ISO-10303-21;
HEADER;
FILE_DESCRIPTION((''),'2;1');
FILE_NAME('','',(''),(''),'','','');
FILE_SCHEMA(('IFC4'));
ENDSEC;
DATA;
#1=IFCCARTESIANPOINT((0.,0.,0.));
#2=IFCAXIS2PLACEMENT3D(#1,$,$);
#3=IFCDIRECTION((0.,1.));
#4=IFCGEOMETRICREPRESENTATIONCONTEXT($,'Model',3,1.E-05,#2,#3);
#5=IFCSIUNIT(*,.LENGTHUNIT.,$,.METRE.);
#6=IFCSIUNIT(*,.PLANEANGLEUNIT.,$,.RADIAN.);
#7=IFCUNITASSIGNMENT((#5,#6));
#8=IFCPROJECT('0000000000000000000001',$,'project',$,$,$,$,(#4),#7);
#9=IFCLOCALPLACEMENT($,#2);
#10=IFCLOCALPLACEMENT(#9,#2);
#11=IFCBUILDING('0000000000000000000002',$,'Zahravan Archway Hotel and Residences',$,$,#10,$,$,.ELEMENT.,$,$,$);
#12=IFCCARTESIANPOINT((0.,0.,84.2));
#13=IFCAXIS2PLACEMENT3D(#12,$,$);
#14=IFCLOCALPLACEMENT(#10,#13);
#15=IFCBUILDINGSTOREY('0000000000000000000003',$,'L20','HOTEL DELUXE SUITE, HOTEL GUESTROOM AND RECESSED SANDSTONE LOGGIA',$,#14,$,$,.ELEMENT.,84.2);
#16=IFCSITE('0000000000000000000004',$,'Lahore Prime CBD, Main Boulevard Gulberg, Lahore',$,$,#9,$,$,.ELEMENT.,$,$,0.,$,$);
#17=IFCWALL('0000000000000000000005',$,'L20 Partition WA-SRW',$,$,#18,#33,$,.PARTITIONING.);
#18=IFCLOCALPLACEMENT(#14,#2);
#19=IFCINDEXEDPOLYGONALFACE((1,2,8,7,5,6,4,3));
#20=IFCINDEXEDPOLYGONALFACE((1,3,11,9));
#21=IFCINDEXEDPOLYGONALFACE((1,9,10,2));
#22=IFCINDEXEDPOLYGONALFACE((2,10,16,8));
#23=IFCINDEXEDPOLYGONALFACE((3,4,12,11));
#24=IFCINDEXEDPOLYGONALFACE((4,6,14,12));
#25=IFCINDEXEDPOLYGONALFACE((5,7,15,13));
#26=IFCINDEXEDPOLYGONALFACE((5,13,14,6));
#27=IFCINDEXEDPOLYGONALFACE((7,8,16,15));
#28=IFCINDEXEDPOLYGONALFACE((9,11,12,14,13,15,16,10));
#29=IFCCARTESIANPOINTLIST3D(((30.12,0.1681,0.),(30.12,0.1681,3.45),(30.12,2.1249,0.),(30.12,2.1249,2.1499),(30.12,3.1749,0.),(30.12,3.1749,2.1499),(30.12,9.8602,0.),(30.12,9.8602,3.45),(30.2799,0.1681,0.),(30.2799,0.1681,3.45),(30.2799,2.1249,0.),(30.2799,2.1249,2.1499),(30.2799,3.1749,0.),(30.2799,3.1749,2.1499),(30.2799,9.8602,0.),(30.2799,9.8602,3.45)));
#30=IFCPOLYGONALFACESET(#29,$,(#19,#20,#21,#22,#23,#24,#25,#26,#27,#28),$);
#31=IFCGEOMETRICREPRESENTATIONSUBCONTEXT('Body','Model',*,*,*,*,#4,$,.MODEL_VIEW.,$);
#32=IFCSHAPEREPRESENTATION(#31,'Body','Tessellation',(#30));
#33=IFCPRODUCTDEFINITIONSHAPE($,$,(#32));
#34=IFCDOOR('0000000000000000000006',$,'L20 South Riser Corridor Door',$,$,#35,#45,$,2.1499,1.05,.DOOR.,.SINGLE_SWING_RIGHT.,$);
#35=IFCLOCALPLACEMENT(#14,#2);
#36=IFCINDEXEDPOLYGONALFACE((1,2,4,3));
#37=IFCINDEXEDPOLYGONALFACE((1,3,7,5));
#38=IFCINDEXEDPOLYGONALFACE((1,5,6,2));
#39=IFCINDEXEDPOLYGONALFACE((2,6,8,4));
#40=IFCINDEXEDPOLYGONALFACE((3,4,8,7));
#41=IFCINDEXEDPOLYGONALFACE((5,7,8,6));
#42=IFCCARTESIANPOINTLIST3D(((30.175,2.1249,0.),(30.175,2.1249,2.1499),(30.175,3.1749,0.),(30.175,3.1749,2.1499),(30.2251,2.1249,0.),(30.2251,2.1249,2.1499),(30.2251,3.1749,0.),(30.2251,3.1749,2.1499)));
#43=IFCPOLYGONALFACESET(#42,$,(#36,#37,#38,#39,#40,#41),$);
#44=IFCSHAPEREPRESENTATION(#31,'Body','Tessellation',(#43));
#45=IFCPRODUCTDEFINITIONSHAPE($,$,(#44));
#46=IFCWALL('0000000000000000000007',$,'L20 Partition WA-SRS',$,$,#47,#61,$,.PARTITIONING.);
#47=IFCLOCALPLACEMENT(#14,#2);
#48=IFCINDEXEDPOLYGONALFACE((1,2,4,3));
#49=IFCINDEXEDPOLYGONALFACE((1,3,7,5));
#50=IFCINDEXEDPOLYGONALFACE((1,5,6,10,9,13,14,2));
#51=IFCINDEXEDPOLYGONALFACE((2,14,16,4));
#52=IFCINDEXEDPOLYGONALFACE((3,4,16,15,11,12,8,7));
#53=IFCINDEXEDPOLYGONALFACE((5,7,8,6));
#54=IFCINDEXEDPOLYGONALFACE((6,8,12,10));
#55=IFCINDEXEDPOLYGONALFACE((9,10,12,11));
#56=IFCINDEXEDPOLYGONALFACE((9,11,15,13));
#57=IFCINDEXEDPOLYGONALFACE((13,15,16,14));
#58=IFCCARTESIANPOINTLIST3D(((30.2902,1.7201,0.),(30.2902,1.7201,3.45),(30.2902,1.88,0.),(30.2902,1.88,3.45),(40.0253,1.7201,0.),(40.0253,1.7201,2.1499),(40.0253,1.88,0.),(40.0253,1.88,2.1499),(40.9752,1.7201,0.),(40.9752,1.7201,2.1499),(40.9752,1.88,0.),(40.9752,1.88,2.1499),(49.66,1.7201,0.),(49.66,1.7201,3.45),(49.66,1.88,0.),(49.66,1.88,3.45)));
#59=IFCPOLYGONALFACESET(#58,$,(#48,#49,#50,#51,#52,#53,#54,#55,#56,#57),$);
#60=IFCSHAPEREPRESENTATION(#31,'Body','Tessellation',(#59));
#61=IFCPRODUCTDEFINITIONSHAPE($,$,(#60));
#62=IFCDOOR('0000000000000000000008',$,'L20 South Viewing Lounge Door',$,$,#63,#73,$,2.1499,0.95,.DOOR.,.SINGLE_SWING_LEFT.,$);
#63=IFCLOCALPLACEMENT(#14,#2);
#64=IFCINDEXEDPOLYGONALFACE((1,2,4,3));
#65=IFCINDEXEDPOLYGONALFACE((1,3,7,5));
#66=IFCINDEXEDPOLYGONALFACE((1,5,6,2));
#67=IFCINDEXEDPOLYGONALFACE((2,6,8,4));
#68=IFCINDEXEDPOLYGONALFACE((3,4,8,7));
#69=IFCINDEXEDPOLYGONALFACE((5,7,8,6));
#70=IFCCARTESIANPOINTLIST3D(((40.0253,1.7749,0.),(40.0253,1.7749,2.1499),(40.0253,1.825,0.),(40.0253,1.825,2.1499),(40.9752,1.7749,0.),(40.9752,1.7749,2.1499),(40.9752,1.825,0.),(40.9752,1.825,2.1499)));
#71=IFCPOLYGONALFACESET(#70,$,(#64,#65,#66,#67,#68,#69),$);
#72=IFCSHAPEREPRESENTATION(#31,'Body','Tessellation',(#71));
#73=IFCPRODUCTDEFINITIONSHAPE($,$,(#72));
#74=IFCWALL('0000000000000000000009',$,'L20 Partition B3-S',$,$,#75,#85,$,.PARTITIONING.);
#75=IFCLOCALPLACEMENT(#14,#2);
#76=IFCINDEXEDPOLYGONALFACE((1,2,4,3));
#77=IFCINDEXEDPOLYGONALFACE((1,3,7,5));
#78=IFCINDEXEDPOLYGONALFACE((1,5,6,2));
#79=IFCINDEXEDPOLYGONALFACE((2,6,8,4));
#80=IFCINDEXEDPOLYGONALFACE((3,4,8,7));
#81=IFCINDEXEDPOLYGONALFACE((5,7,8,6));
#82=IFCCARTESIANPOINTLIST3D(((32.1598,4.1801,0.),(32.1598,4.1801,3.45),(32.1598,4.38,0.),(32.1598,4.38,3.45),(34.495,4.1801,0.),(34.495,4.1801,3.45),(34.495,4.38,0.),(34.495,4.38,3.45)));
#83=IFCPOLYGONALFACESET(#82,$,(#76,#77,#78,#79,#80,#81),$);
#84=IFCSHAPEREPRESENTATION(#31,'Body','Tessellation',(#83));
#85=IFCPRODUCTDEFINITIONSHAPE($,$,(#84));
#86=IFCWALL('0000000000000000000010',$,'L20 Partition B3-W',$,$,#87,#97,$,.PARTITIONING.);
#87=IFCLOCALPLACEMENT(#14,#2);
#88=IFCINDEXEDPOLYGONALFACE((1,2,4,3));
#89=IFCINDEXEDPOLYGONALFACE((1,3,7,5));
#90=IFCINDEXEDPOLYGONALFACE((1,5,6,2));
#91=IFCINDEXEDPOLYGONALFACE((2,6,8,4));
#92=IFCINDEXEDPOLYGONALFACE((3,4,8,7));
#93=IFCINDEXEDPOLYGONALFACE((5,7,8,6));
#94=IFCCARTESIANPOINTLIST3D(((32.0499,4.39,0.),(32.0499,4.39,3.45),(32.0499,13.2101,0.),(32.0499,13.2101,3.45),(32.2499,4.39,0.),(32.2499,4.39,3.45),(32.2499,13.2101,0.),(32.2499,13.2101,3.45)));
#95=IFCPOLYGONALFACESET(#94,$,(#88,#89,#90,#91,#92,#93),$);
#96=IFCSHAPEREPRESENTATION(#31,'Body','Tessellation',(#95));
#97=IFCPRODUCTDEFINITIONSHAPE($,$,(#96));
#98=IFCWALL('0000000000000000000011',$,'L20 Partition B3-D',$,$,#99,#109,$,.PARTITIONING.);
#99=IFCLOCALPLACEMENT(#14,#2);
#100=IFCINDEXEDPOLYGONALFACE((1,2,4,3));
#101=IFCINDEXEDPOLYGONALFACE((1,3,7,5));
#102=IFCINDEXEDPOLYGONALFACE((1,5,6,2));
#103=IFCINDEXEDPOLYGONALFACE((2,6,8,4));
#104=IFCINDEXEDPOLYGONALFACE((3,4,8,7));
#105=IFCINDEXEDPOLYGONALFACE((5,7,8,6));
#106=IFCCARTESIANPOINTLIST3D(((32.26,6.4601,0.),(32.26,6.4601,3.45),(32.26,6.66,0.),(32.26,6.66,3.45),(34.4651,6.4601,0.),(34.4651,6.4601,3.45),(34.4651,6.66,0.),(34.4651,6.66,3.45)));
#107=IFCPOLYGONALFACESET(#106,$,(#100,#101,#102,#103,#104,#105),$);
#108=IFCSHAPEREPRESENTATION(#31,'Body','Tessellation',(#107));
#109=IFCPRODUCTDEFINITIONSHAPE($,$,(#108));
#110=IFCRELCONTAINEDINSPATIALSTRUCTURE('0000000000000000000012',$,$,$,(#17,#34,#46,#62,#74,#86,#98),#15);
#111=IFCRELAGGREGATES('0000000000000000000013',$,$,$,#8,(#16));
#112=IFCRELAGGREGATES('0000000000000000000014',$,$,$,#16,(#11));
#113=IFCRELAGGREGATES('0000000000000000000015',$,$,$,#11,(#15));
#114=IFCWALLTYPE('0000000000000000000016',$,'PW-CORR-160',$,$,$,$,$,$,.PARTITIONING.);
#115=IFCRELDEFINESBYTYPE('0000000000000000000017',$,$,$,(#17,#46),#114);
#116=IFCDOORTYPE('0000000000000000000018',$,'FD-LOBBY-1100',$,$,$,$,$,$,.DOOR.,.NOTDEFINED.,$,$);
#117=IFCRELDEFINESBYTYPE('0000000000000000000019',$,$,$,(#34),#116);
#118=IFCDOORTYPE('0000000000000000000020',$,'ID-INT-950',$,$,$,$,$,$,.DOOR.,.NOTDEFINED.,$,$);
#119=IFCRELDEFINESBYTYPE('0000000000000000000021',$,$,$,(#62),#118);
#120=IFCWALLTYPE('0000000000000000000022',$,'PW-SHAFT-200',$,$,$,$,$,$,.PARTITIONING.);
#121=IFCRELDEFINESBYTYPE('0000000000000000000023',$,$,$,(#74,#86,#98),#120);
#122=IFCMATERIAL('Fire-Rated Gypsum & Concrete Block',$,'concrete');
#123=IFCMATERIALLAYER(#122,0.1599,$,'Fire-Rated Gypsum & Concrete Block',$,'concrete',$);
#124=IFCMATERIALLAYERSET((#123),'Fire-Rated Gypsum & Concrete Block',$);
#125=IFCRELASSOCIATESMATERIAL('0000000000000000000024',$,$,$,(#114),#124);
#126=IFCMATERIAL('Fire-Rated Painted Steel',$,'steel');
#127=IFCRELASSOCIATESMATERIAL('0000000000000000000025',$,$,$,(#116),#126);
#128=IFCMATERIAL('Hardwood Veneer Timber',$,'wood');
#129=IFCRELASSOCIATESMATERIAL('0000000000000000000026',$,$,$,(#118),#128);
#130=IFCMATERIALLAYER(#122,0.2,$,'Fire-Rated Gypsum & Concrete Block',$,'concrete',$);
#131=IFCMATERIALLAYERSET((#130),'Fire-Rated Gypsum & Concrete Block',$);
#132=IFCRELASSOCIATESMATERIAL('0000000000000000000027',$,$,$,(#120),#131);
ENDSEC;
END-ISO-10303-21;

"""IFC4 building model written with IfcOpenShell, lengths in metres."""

from ifc_helpers import new_model, si_unit, direction, frame, frame_2d, origin, place, context, subcontext, project, spatial, rectangle, extrude, source, transform, mapped, material, layer, layer_set, type_object, type_shapes, element, fill, save


model = new_model("IFC4")

# Units and contexts
model_context = context("Model", 3, precision=1e-05, world=origin(), true_north=direction((0.0, 1.0)))
body_context = subcontext(model_context, "Body", "Model", "MODEL_VIEW")
ifc_project = project(units=[si_unit("LENGTHUNIT", "METRE"), si_unit("PLANEANGLEUNIT", "RADIAN")], contexts=[model_context])

# Site, building, storey
site_placement = place(None, origin())
site = spatial("IfcSite", under=ifc_project, at=site_placement, Name="Lahore Prime CBD, Main Boulevard Gulberg, Lahore", CompositionType="ELEMENT", RefElevation=0.0)
building_placement = place(site_placement, origin())
building = spatial("IfcBuilding", under=site, at=building_placement, Name="Zahravan Archway Hotel and Residences", CompositionType="ELEMENT")
storey_placement = place(building_placement, frame((0.0, 0.0, 84.2)))
storey = spatial("IfcBuildingStorey", under=building, at=storey_placement, Name="L20", Description="HOTEL DELUXE SUITE, HOTEL GUESTROOM AND RECESSED SANDSTONE LOGGIA", CompositionType="ELEMENT", Elevation=84.2)

# Shared definitions
ifc_material_1 = material(Name="Fire-Rated Painted Steel", Category="steel")

# Walls, openings, doors
ifc_material_2 = material(Name="Fire-Rated Gypsum & Concrete Block", Category="concrete")
ifc_layer_1 = layer(ifc_material_2, 0.1599, Name="Fire-Rated Gypsum & Concrete Block", Category="concrete")
ifc_layer_set_1 = layer_set([ifc_layer_1], Name="Fire-Rated Gypsum & Concrete Block")
wall_type_1 = type_object("IfcWallType", Name="PW-CORR-160", PredefinedType="PARTITIONING", material=ifc_layer_set_1)
wall_1_placement = place(storey_placement, frame((30.2, 0.168, 0.0), z_axis=(0.0, 0.0, 1.0), x_axis=(0.0, 1.0, 0.0)))
wall_1 = element("IfcWall", 1, at=wall_1_placement, inside=storey, type_object=wall_type_1, Name="L20 Partition WA-SRW", PredefinedType="PARTITIONING", context=body_context, shape_type="SweptSolid", body=[
    extrude(rectangle(XDim=9.6921, YDim=0.1599, at=frame_2d((4.8462, 0.0))), origin(), (0.0, 0.0, 1.0), 3.45),
])
opening_1_placement = place(wall_1_placement, frame((1.957, 0.0, 0.0)))
opening_1 = element("IfcOpeningElement", 2, at=opening_1_placement, cuts=wall_1, PredefinedType="OPENING", context=body_context, shape_type="SweptSolid", body=[
    extrude(rectangle(XDim=1.05, YDim=2.1499, at=frame_2d((0.5249, 1.075))), frame((0.0, 0.0898, 0.0), z_axis=(0.0, -1.0, 0.0), x_axis=(1.0, 0.0, 0.0)), (0.0, 0.0, 1.0), 0.1799),
])
door_type_1 = type_object("IfcDoorType", Name="FD-LOBBY-1100", OperationType="NOTDEFINED", PredefinedType="DOOR", material=ifc_material_1)
shared_shape_1 = source(origin(), body_context, "Body", "SweptSolid", [
    extrude(rectangle(XDim=1.05, YDim=2.1499, at=frame_2d((0.5249, 1.075))), frame((0.0, 0.0249, 0.0), z_axis=(0.0, -1.0, 0.0), x_axis=(1.0, 0.0, 0.0)), (0.0, 0.0, 1.0), 0.05),
])
type_shapes(door_type_1, [shared_shape_1])
door_1_placement = place(opening_1_placement, origin())
door_1 = element("IfcDoor", 3, at=door_1_placement, inside=storey, type_object=door_type_1, Name="L20 South Riser Corridor Door", OperationType="SINGLE_SWING_RIGHT", OverallHeight=2.1499, OverallWidth=1.05, PredefinedType="DOOR", context=body_context, shape_type="MappedRepresentation", body=[
    mapped(shared_shape_1, transform((0.0, 0.0, 0.0), scale=1.0)),
])
fill(opening_1, door_1)
wall_2_placement = place(storey_placement, frame((30.29, 1.8, 0.0), z_axis=(0.0, 0.0, 1.0), x_axis=(1.0, 0.0, 0.0)))
wall_2 = element("IfcWall", 4, at=wall_2_placement, inside=storey, type_object=wall_type_1, Name="L20 Partition WA-SRS", PredefinedType="PARTITIONING", context=body_context, shape_type="SweptSolid", body=[
    extrude(rectangle(XDim=19.3699, YDim=0.1599, at=frame_2d((9.6851, 0.0))), origin(), (0.0, 0.0, 1.0), 3.45),
])
opening_2_placement = place(wall_2_placement, frame((9.7351, 0.0, 0.0)))
opening_2 = element("IfcOpeningElement", 5, at=opening_2_placement, cuts=wall_2, PredefinedType="OPENING", context=body_context, shape_type="SweptSolid", body=[
    extrude(rectangle(XDim=0.95, YDim=2.1499, at=frame_2d((0.4751, 1.075))), frame((0.0, 0.0898, 0.0), z_axis=(0.0, -1.0, 0.0), x_axis=(1.0, 0.0, 0.0)), (0.0, 0.0, 1.0), 0.1799),
])
ifc_material_3 = material(Name="Hardwood Veneer Timber", Category="wood")
door_type_2 = type_object("IfcDoorType", Name="ID-INT-950", OperationType="NOTDEFINED", PredefinedType="DOOR", material=ifc_material_3)
shared_shape_2 = source(origin(), body_context, "Body", "SweptSolid", [
    extrude(rectangle(XDim=0.95, YDim=2.1499, at=frame_2d((0.4751, 1.075))), frame((0.0, 0.0249, 0.0), z_axis=(0.0, -1.0, 0.0), x_axis=(1.0, 0.0, 0.0)), (0.0, 0.0, 1.0), 0.05),
])
type_shapes(door_type_2, [shared_shape_2])
door_2_placement = place(opening_2_placement, origin())
door_2 = element("IfcDoor", 6, at=door_2_placement, inside=storey, type_object=door_type_2, Name="L20 South Viewing Lounge Door", OperationType="SINGLE_SWING_LEFT", OverallHeight=2.1499, OverallWidth=0.95, PredefinedType="DOOR", context=body_context, shape_type="MappedRepresentation", body=[
    mapped(shared_shape_2, transform((0.0, 0.0, 0.0), scale=1.0)),
])
fill(opening_2, door_2)

# Walls
ifc_layer_2 = layer(ifc_material_2, 0.2, Name="Fire-Rated Gypsum & Concrete Block", Category="concrete")
ifc_layer_set_2 = layer_set([ifc_layer_2], Name="Fire-Rated Gypsum & Concrete Block")
wall_type_2 = type_object("IfcWallType", Name="PW-SHAFT-200", PredefinedType="PARTITIONING", material=ifc_layer_set_2)
wall_3_placement = place(storey_placement, frame((32.1599, 4.28, 0.0), z_axis=(0.0, 0.0, 1.0), x_axis=(1.0, 0.0, 0.0)))
element("IfcWall", 7, at=wall_3_placement, inside=storey, type_object=wall_type_2, Name="L20 Partition B3-S", PredefinedType="PARTITIONING", context=body_context, shape_type="SweptSolid", body=[
    extrude(rectangle(XDim=2.3352, YDim=0.2, at=frame_2d((1.1675, 0.0))), origin(), (0.0, 0.0, 1.0), 3.45),
])
wall_4_placement = place(storey_placement, frame((32.1499, 4.3899, 0.0), z_axis=(0.0, 0.0, 1.0), x_axis=(0.0, 1.0, 0.0)))
element("IfcWall", 8, at=wall_4_placement, inside=storey, type_object=wall_type_2, Name="L20 Partition B3-W", PredefinedType="PARTITIONING", context=body_context, shape_type="SweptSolid", body=[
    extrude(rectangle(XDim=8.8201, YDim=0.2, at=frame_2d((4.4102, 0.0))), origin(), (0.0, 0.0, 1.0), 3.45),
])
wall_5_placement = place(storey_placement, frame((32.26, 6.5601, 0.0), z_axis=(0.0, 0.0, 1.0), x_axis=(1.0, 0.0, 0.0)))
element("IfcWall", 9, at=wall_5_placement, inside=storey, type_object=wall_type_2, Name="L20 Partition B3-D", PredefinedType="PARTITIONING", context=body_context, shape_type="SweptSolid", body=[
    extrude(rectangle(XDim=2.2051, YDim=0.2, at=frame_2d((1.1025, 0.0))), origin(), (0.0, 0.0, 1.0), 3.45),
])

save(model, "model.ifc")
